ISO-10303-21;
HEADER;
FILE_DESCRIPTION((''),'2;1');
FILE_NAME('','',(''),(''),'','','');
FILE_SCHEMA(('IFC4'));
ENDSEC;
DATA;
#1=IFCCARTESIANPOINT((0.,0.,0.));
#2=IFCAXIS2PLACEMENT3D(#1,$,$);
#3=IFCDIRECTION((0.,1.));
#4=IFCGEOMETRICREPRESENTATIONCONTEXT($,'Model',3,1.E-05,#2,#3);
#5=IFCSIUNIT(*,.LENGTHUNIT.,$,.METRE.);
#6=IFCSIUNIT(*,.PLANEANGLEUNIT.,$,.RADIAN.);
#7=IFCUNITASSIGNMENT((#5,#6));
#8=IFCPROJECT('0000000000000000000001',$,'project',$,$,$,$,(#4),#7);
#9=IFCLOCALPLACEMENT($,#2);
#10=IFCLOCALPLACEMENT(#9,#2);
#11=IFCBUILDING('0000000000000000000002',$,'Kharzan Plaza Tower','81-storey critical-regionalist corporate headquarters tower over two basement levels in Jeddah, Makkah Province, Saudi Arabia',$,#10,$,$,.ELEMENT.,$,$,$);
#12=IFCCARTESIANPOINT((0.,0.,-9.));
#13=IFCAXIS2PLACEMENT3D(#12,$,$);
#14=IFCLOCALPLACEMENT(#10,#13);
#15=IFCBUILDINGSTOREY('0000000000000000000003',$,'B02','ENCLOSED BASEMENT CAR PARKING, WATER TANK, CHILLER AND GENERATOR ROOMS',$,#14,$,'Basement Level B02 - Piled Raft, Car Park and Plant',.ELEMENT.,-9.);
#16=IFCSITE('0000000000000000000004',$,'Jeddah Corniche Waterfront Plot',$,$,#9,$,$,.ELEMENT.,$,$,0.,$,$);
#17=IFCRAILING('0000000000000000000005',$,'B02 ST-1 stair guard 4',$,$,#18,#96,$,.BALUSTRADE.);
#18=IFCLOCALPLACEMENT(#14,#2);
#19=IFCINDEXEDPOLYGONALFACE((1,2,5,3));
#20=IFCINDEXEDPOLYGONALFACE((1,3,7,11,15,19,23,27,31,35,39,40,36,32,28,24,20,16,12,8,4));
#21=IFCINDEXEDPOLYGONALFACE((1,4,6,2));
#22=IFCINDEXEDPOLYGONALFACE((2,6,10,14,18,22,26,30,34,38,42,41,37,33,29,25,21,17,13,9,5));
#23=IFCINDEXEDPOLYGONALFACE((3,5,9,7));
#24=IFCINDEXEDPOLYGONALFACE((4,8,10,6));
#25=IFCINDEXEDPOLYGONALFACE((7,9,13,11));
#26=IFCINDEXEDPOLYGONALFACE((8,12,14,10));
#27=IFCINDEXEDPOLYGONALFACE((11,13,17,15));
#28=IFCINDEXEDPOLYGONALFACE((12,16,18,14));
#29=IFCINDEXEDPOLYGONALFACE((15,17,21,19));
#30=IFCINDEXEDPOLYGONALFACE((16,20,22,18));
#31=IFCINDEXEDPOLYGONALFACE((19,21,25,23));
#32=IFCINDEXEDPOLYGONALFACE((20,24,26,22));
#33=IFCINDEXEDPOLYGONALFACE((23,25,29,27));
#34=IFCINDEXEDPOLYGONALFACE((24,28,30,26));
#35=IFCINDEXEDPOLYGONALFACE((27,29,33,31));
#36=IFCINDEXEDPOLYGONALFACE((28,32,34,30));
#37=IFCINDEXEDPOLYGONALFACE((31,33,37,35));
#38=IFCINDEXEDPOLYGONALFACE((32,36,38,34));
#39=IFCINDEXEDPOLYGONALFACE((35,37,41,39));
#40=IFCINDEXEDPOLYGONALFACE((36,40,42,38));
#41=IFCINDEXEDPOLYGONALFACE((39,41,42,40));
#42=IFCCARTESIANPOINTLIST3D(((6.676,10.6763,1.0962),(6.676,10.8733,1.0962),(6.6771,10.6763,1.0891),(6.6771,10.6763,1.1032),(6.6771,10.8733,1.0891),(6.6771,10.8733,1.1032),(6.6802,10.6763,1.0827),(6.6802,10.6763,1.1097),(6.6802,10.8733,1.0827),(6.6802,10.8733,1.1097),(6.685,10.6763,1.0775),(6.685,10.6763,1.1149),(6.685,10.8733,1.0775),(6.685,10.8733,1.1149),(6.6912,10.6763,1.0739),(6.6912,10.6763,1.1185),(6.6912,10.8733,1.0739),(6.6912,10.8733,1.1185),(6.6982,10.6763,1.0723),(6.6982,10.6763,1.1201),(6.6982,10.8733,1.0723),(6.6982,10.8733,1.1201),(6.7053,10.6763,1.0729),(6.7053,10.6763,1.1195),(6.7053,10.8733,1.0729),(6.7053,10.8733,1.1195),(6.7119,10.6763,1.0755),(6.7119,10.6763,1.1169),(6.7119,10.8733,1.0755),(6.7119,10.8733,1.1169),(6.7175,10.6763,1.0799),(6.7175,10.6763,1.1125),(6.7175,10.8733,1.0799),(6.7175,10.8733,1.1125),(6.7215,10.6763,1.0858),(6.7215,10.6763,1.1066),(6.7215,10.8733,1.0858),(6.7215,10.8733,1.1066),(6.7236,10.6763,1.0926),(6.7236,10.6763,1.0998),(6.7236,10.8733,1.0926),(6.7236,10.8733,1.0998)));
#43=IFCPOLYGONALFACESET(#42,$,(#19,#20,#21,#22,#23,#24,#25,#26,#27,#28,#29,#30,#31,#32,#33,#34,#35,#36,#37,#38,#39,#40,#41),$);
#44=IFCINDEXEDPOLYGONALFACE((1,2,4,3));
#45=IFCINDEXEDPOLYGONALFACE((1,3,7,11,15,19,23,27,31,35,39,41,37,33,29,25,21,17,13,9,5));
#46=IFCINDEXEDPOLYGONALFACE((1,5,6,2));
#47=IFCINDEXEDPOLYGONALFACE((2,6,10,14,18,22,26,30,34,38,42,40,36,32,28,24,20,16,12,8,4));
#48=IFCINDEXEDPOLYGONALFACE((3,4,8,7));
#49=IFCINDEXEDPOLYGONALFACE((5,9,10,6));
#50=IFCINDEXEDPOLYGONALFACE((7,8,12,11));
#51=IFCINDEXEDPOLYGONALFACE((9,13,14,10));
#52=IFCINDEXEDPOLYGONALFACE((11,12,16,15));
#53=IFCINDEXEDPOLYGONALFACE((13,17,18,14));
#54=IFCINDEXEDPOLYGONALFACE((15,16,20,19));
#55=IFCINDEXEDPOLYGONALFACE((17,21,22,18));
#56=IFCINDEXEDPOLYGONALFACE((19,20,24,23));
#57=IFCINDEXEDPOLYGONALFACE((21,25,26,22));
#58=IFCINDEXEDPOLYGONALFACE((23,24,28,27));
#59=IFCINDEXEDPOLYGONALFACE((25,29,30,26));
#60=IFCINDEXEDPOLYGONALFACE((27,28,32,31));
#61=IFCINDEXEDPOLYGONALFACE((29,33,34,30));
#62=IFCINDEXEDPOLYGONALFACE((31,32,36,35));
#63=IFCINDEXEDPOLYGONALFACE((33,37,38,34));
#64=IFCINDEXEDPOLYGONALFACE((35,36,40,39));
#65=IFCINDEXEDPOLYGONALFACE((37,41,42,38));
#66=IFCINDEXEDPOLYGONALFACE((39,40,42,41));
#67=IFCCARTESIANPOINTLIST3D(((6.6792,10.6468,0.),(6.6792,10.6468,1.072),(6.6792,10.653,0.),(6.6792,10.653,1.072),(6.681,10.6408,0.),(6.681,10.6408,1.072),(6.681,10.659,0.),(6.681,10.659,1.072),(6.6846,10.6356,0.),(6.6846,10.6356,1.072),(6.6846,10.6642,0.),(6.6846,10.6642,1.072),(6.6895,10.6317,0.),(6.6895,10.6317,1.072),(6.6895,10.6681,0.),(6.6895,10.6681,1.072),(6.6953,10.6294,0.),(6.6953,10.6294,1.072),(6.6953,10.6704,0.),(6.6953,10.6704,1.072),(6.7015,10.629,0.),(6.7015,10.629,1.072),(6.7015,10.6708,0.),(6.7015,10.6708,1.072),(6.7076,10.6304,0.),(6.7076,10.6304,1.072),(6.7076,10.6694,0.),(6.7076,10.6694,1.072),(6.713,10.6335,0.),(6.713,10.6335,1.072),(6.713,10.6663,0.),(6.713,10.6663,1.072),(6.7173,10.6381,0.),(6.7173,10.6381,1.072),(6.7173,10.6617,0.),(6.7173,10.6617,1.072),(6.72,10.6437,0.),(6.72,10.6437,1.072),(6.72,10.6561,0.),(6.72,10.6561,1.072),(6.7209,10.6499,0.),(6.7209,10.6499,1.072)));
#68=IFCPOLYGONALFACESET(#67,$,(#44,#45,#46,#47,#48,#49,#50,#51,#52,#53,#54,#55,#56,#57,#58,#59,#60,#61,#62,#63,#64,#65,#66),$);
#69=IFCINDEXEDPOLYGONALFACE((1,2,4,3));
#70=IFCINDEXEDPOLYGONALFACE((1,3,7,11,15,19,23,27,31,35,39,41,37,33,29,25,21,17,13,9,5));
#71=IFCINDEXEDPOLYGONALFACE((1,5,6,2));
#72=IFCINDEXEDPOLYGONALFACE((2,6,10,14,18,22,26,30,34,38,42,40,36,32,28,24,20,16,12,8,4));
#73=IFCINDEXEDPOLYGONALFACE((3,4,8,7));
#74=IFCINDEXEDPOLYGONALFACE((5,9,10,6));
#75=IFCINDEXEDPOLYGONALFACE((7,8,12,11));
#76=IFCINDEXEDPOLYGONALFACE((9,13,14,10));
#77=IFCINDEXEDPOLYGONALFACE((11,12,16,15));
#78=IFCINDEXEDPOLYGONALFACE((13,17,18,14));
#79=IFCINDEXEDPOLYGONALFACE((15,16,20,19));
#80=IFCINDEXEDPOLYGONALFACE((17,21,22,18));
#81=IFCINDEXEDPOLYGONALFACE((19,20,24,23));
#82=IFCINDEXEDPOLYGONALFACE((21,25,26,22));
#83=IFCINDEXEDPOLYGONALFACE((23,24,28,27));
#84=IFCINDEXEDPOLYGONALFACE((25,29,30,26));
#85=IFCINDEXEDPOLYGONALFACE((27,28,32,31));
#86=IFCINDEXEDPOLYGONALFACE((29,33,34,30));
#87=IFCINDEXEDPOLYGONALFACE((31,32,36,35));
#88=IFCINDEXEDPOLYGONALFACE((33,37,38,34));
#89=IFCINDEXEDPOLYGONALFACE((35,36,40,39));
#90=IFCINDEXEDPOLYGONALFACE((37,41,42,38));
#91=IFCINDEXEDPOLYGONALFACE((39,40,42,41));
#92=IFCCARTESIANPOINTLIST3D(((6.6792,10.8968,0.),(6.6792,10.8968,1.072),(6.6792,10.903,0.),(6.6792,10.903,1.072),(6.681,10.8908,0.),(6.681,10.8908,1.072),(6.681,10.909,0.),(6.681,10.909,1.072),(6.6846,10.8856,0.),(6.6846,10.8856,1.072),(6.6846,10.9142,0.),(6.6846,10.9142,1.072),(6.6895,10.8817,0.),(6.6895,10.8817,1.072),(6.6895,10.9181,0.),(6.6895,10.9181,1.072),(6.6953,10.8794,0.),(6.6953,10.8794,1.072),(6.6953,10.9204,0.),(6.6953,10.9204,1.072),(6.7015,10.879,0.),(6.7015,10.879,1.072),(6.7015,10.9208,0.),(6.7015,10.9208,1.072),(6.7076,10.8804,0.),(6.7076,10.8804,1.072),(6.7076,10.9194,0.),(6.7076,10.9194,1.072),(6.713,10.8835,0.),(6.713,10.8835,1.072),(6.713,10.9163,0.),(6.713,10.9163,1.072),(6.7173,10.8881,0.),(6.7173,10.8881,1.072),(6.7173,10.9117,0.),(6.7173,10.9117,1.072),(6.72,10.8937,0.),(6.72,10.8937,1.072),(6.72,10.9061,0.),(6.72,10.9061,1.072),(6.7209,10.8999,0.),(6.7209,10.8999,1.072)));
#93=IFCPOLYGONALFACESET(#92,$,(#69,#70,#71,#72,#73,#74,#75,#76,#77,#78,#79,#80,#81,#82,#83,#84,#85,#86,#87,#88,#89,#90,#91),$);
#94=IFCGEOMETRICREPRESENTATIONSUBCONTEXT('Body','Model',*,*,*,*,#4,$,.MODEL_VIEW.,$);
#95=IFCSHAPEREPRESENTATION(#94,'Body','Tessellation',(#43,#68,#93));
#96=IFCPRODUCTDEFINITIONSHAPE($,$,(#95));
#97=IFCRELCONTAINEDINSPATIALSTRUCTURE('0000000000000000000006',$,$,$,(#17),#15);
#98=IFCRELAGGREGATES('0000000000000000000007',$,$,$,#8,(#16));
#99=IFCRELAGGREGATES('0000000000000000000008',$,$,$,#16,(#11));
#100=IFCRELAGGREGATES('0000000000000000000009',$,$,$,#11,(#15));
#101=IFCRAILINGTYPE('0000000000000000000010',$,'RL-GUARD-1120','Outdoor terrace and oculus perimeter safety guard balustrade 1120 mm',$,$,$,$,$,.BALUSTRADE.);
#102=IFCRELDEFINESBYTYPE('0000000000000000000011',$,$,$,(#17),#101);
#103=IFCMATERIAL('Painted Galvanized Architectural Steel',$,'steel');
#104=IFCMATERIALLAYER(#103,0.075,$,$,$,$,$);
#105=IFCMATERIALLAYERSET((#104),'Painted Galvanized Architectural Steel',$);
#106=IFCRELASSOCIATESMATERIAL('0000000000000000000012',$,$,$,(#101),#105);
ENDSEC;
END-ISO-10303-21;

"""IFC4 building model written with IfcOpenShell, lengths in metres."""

from ifc_helpers import new_model, si_unit, direction, frame, origin, origin_2d, place, context, subcontext, project, spatial, circle, extrude, source, transform, mapped, material, layer, layer_set, type_object, element, save


model = new_model("IFC4")

# Units and contexts
model_context = context("Model", 3, precision=1e-05, world=origin(), true_north=direction((0.0, 1.0)))
body_context = subcontext(model_context, "Body", "Model", "MODEL_VIEW")
ifc_project = project(units=[si_unit("LENGTHUNIT", "METRE"), si_unit("PLANEANGLEUNIT", "RADIAN")], contexts=[model_context])

# Site, building, storey
site_placement = place(None, origin())
site = spatial("IfcSite", under=ifc_project, at=site_placement, Name="Jeddah Corniche Waterfront Plot", CompositionType="ELEMENT", RefElevation=0.0)
building_placement = place(site_placement, origin())
building = spatial("IfcBuilding", under=site, at=building_placement, Name="Kharzan Plaza Tower", Description="81-storey critical-regionalist corporate headquarters tower over two basement levels in Jeddah, Makkah Province, Saudi Arabia", CompositionType="ELEMENT")
storey_placement = place(building_placement, frame((0.0, 0.0, -9.0)))
storey = spatial("IfcBuildingStorey", under=building, at=storey_placement, Name="B02", Description="ENCLOSED BASEMENT CAR PARKING, WATER TANK, CHILLER AND GENERATOR ROOMS", LongName="Basement Level B02 - Piled Raft, Car Park and Plant", CompositionType="ELEMENT", Elevation=-9.0)

# Railing
ifc_material_1 = material(Name="Painted Galvanized Architectural Steel", Category="steel")
ifc_layer_1 = layer(ifc_material_1, 0.075)
ifc_layer_set_1 = layer_set([ifc_layer_1], Name="Painted Galvanized Architectural Steel")
railing_type_1 = type_object("IfcRailingType", Name="RL-GUARD-1120", Description="Outdoor terrace and oculus perimeter safety guard balustrade 1120 mm", PredefinedType="BALUSTRADE", material=ifc_layer_set_1)
shared_shape_1 = source(origin(), body_context, "Body", "SweptSolid", [
    extrude(circle(Radius=0.0239, at=origin_2d()), frame((0.0, 0.0264, 1.0962), z_axis=(0.0, 1.0, 0.0), x_axis=(-1.0, 0.0, 0.0)), (0.0, 0.0, 1.0), 0.197),
    extrude(circle(Radius=0.021, at=origin_2d()), origin(), (0.0, 0.0, 1.0), 1.072),
    extrude(circle(Radius=0.021, at=origin_2d()), frame((0.0, 0.25, 0.0)), (0.0, 0.0, 1.0), 1.072),
])
railing_1_placement = place(storey_placement, frame((6.7, 10.6499, 0.0)))
element("IfcRailing", 1, at=railing_1_placement, inside=storey, type_object=railing_type_1, Name="B02 ST-1 stair guard 4", PredefinedType="BALUSTRADE", context=body_context, shape_type="MappedRepresentation", body=[
    mapped(shared_shape_1, transform((0.0, 0.0, 0.0), x_axis=(1.0, 0.0, 0.0), y_axis=(0.0, 1.0, 0.0), z_axis=(0.0, 0.0, 1.0))),
])

save(model, "model.ifc")
